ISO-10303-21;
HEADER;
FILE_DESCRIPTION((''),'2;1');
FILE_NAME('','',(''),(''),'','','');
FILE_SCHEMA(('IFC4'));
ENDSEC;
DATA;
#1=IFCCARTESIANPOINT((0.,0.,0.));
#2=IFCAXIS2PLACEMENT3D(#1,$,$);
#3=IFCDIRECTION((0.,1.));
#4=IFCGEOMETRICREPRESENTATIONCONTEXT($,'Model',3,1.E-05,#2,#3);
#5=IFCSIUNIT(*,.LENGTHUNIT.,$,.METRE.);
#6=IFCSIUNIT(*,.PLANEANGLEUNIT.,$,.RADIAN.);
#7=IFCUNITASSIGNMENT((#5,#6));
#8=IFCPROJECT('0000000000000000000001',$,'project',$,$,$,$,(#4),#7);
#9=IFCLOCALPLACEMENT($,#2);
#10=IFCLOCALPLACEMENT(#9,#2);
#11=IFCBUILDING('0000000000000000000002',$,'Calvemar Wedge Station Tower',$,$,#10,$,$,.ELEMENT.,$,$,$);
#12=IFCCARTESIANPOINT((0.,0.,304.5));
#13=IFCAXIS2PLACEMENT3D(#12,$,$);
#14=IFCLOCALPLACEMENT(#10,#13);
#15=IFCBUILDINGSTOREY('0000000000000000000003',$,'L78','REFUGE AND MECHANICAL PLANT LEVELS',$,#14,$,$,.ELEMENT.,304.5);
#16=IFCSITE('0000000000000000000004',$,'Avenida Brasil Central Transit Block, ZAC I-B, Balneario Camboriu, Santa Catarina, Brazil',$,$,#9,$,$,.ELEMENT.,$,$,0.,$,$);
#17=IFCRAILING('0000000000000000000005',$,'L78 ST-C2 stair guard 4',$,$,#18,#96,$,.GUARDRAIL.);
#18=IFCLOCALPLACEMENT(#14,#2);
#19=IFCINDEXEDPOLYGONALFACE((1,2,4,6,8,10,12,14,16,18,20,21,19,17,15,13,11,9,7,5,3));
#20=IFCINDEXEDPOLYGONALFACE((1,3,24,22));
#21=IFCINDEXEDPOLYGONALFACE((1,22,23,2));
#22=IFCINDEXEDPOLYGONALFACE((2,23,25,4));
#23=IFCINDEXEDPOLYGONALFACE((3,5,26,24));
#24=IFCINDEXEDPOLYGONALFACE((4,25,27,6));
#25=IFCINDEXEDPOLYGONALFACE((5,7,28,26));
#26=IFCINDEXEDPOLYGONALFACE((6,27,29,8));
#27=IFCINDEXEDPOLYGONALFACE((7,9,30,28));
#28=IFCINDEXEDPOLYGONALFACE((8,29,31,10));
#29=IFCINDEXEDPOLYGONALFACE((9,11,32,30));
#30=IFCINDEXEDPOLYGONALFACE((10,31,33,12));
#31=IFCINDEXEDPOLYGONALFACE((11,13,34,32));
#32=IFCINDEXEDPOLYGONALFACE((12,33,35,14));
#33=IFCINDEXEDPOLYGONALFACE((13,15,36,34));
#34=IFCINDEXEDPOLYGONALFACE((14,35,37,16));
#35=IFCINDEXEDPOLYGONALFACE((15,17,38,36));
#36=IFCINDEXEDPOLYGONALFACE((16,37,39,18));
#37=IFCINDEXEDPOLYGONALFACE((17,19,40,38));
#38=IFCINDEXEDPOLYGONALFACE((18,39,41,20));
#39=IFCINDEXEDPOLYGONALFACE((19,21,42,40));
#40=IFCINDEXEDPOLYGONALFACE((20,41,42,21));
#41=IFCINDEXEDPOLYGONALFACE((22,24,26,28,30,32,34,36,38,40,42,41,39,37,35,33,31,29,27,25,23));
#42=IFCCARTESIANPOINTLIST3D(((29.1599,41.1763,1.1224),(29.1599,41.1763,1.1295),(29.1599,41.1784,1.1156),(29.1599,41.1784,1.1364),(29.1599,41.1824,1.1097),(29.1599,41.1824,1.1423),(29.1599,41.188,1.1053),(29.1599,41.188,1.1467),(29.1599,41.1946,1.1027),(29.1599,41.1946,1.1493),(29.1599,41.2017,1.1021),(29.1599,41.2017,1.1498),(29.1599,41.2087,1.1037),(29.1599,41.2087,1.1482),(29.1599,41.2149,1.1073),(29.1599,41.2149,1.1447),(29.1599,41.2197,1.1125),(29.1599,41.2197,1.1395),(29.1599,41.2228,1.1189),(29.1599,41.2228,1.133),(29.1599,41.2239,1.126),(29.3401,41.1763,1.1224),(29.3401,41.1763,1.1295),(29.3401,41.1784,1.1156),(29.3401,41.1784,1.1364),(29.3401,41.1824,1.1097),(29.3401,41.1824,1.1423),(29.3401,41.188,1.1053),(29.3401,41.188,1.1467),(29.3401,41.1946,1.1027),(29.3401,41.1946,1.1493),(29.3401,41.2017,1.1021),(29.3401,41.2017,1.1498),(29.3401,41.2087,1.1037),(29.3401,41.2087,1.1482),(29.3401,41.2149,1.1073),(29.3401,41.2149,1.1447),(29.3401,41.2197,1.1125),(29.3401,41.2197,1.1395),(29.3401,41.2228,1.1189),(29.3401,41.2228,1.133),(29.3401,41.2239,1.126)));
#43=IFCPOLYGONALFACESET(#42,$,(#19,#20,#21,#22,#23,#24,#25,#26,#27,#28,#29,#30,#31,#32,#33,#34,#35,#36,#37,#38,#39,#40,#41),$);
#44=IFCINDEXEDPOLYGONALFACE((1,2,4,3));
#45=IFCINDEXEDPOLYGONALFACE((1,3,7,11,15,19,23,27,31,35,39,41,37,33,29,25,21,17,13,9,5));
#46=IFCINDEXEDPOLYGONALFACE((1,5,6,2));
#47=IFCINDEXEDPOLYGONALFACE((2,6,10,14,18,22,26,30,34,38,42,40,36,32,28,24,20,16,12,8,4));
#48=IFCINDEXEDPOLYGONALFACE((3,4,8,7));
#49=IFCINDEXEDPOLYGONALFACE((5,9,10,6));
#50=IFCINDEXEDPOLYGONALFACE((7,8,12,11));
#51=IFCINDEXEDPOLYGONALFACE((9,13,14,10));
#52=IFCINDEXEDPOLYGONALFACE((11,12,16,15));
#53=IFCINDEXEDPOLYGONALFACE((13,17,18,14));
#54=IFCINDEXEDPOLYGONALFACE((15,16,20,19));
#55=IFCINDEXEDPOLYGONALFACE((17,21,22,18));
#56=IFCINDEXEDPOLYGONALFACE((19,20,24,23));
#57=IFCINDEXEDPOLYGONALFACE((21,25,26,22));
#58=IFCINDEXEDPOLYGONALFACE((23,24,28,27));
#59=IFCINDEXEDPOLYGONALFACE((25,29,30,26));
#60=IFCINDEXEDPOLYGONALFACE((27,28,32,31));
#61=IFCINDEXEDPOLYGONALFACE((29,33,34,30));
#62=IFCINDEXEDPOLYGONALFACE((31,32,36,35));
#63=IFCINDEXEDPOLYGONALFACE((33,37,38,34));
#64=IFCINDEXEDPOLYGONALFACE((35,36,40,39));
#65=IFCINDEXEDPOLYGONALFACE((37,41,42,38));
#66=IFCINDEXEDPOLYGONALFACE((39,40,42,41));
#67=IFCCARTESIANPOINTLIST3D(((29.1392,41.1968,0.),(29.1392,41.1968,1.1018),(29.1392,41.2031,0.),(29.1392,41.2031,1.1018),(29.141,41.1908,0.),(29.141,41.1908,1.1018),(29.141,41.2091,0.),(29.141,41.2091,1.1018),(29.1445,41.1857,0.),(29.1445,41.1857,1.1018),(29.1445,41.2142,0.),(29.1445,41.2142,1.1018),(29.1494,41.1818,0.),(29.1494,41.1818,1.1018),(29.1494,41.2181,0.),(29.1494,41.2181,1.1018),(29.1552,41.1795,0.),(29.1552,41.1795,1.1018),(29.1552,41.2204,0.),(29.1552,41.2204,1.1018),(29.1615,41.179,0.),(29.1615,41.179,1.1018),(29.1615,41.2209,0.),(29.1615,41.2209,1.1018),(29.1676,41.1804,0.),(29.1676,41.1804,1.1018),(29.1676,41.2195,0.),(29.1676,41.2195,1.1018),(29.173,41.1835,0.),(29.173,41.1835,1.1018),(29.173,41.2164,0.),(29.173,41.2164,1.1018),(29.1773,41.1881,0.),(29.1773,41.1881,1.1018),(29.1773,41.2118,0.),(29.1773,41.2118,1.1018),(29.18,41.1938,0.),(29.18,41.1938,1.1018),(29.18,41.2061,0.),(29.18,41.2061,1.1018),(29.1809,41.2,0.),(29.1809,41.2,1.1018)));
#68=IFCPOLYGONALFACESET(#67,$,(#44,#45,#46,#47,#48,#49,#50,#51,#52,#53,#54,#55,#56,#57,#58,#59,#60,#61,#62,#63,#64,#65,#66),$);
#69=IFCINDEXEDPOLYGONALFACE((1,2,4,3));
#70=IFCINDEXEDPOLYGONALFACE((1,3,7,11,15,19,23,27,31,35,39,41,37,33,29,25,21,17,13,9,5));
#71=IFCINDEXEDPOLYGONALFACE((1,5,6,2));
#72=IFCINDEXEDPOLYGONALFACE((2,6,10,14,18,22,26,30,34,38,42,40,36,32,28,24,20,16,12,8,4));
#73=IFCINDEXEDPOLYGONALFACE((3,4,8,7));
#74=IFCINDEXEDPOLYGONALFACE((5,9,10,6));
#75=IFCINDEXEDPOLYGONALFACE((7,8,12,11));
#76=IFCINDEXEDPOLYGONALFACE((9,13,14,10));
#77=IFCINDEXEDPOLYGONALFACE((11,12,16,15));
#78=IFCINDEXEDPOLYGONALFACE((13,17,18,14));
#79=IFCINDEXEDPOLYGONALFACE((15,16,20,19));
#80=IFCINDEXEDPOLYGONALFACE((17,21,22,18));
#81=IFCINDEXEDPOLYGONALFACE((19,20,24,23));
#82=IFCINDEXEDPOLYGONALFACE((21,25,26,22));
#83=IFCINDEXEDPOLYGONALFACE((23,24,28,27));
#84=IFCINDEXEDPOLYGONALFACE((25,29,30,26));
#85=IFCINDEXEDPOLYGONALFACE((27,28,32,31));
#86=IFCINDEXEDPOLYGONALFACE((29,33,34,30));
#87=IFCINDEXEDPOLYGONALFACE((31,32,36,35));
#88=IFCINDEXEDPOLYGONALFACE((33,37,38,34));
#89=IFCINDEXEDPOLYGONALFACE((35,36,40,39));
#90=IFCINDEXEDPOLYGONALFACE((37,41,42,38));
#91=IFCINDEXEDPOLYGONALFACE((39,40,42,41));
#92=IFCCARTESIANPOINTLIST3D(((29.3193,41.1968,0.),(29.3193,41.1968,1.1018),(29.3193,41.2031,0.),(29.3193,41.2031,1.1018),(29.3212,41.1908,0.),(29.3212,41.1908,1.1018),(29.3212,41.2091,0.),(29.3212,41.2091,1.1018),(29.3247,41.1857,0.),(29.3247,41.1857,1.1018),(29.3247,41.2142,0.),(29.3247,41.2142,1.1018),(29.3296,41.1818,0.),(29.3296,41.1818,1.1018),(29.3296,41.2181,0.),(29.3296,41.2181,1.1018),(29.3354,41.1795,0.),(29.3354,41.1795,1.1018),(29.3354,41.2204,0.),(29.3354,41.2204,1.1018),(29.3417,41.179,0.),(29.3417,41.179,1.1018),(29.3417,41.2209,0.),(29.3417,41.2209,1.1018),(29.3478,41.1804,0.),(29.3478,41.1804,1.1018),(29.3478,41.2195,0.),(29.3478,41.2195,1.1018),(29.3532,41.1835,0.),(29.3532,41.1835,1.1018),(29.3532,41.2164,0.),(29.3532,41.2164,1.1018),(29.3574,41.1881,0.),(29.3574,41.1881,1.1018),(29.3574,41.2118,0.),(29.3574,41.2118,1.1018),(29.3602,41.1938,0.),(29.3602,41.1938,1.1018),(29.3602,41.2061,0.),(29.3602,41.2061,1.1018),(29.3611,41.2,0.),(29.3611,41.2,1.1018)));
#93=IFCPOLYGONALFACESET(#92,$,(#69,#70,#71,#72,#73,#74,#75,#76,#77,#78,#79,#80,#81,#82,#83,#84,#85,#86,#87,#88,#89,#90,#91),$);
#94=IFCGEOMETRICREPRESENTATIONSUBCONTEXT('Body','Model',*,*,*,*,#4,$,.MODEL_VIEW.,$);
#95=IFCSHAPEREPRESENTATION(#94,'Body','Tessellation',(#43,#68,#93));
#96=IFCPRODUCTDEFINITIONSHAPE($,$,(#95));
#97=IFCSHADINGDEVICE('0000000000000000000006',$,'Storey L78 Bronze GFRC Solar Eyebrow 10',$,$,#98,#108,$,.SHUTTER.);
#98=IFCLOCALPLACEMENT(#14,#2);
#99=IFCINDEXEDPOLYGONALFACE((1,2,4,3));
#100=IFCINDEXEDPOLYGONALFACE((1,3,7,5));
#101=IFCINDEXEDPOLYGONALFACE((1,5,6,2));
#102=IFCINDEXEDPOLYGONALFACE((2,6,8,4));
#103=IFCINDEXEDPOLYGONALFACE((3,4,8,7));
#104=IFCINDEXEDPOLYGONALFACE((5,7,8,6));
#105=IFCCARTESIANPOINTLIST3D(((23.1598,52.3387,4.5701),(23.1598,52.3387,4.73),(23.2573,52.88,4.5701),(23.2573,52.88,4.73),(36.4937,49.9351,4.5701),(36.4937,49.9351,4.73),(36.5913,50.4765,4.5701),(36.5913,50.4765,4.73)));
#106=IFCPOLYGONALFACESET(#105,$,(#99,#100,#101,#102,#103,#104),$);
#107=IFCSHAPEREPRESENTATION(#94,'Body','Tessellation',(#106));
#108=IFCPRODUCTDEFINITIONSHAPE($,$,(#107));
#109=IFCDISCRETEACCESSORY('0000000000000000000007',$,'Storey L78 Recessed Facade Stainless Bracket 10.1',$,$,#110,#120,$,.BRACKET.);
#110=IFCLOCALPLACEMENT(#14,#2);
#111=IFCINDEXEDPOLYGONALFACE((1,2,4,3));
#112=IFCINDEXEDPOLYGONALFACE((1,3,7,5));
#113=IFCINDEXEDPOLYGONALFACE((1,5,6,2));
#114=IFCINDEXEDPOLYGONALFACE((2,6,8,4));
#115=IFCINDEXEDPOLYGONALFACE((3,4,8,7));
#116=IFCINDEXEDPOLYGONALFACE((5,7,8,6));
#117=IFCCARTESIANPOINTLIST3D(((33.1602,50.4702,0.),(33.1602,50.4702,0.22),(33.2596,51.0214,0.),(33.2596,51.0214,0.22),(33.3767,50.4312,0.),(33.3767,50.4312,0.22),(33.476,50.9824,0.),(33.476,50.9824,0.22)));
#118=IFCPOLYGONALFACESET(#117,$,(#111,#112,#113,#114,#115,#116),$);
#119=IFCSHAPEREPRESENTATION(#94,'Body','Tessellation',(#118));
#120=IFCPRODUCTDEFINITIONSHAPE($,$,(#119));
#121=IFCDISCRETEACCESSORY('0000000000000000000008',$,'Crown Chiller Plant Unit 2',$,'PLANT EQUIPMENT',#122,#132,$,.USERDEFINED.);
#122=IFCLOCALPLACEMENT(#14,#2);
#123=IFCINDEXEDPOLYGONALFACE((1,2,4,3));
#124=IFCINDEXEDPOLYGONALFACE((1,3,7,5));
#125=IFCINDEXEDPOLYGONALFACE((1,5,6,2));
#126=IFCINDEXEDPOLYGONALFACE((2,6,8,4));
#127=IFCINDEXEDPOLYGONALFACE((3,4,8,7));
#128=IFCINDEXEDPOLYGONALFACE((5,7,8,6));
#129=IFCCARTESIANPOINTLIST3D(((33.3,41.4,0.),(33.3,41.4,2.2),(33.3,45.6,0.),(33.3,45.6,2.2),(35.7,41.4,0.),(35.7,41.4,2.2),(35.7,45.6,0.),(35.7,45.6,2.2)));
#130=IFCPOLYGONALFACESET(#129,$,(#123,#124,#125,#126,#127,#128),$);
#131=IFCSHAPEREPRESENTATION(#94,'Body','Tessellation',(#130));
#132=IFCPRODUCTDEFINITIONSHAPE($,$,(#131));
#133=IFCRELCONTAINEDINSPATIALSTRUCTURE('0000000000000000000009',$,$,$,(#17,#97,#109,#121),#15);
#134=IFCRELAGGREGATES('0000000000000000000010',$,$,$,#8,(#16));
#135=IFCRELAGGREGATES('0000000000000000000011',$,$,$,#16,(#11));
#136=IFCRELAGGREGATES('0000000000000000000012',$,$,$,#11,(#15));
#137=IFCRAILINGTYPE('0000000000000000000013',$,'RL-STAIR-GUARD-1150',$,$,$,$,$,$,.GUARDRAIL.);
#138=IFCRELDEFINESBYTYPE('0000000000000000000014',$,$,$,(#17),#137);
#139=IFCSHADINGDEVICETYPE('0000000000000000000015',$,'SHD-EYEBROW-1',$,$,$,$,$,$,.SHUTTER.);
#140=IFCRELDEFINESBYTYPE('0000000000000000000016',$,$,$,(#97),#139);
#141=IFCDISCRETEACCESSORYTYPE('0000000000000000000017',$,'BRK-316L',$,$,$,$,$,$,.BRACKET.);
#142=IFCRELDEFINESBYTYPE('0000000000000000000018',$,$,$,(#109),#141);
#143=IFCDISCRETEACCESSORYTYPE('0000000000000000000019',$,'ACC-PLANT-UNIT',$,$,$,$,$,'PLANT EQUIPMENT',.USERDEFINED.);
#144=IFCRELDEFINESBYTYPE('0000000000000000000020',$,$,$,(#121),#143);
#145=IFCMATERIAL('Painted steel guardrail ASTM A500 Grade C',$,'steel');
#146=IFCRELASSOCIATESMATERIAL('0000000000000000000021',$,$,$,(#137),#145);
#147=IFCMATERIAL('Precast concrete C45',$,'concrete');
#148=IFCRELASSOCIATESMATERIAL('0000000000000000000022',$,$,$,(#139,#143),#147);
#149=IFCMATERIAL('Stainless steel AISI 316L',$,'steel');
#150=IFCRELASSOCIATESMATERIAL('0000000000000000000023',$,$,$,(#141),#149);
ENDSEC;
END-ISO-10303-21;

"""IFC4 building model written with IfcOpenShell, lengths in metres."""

from ifc_helpers import new_model, si_unit, direction, frame, frame_2d, origin, origin_2d, place, context, subcontext, project, spatial, rectangle, circle, extrude, source, transform, mapped, material, type_object, element, save


model = new_model("IFC4")

# Units and contexts
model_context = context("Model", 3, precision=1e-05, world=origin(), true_north=direction((0.0, 1.0)))
body_context = subcontext(model_context, "Body", "Model", "MODEL_VIEW")
ifc_project = project(units=[si_unit("LENGTHUNIT", "METRE"), si_unit("PLANEANGLEUNIT", "RADIAN")], contexts=[model_context])

# Site, building, storey
site_placement = place(None, origin())
site = spatial("IfcSite", under=ifc_project, at=site_placement, Name="Avenida Brasil Central Transit Block, ZAC I-B, Balneario Camboriu, Santa Catarina, Brazil", CompositionType="ELEMENT", RefElevation=0.0)
building_placement = place(site_placement, origin())
building = spatial("IfcBuilding", under=site, at=building_placement, Name="Calvemar Wedge Station Tower", CompositionType="ELEMENT")
storey_placement = place(building_placement, frame((0.0, 0.0, 304.5)))
storey = spatial("IfcBuildingStorey", under=building, at=storey_placement, Name="L78", Description="REFUGE AND MECHANICAL PLANT LEVELS", CompositionType="ELEMENT", Elevation=304.5)

# Shared definitions
ifc_material_1 = material(Name="Precast concrete C45", Category="concrete")

# Railing
ifc_material_2 = material(Name="Stainless steel AISI 316L", Category="steel")
ifc_material_3 = material(Name="Painted steel guardrail ASTM A500 Grade C", Category="steel")
railing_type_1 = type_object("IfcRailingType", Name="RL-STAIR-GUARD-1150", PredefinedType="GUARDRAIL", material=ifc_material_3)
railing_1_placement = place(storey_placement, frame((29.1599, 41.2, 0.0)))
element("IfcRailing", 1, at=railing_1_placement, inside=storey, type_object=railing_type_1, Name="L78 ST-C2 stair guard 4", PredefinedType="GUARDRAIL", context=body_context, shape_type="SweptSolid", body=[
    extrude(circle(Radius=0.0239, at=origin_2d()), frame((0.0, 0.0, 1.126), z_axis=(1.0, 0.0, 0.0), x_axis=(0.0, 1.0, 0.0)), (0.0, 0.0, 1.0), 0.1802),
    extrude(circle(Radius=0.021, at=origin_2d()), origin(), (0.0, 0.0, 1.0), 1.1018),
    extrude(circle(Radius=0.021, at=origin_2d()), frame((0.1802, 0.0, 0.0)), (0.0, 0.0, 1.0), 1.1018),
])

# Shading device
shading_device_type = type_object("IfcShadingDeviceType", Name="SHD-EYEBROW-1", PredefinedType="SHUTTER", material=ifc_material_1)
shading_device_placement = place(storey_placement, frame((36.5425, 50.2058, 4.5701), z_axis=(0.0, 0.0, 1.0), x_axis=(-0.984139, 0.177399, 0.0)))
element("IfcShadingDevice", 2, at=shading_device_placement, inside=storey, type_object=shading_device_type, Name="Storey L78 Bronze GFRC Solar Eyebrow 10", PredefinedType="SHUTTER", context=body_context, shape_type="SweptSolid", body=[
    extrude(rectangle(XDim=13.5488, YDim=0.55, at=frame_2d((6.7744, 0.0))), origin(), (0.0, 0.0, 1.0), 0.1599),
])

# Discrete accessories
discrete_accessory_type_1 = type_object("IfcDiscreteAccessoryType", Name="BRK-316L", PredefinedType="BRACKET", material=ifc_material_2)
shared_shape_1 = source(origin(), body_context, "Body", "SweptSolid", [
    extrude(rectangle(XDim=0.22, YDim=0.5601, at=origin_2d()), origin(), (0.0, 0.0, 1.0), 0.22),
])
discrete_accessory_1_placement = place(storey_placement, frame((33.3181, 50.7263, 0.0), z_axis=(0.0, 0.0, 1.0), x_axis=(-0.984134, 0.177428, 0.0)))
element("IfcDiscreteAccessory", 3, at=discrete_accessory_1_placement, inside=storey, type_object=discrete_accessory_type_1, Name="Storey L78 Recessed Facade Stainless Bracket 10.1", PredefinedType="BRACKET", context=body_context, shape_type="MappedRepresentation", body=[
    mapped(shared_shape_1, transform((0.0, 0.0, 0.0), scale=1.0)),
])
discrete_accessory_type_2 = type_object("IfcDiscreteAccessoryType", Name="ACC-PLANT-UNIT", ElementType="PLANT EQUIPMENT", PredefinedType="USERDEFINED", material=ifc_material_1)
shared_shape_2 = source(origin(), body_context, "Body", "SweptSolid", [
    extrude(rectangle(XDim=2.3999, YDim=4.2, at=origin_2d()), origin(), (0.0, 0.0, 1.0), 2.2),
])
discrete_accessory_2_placement = place(storey_placement, frame((34.5, 43.5, 0.0), z_axis=(0.0, 0.0, 1.0), x_axis=(1.0, 0.0, 0.0)))
element("IfcDiscreteAccessory", 4, at=discrete_accessory_2_placement, inside=storey, type_object=discrete_accessory_type_2, Name="Crown Chiller Plant Unit 2", ObjectType="PLANT EQUIPMENT", PredefinedType="USERDEFINED", context=body_context, shape_type="MappedRepresentation", body=[
    mapped(shared_shape_2, transform((0.0, 0.0, 0.0), scale=1.0)),
])

save(model, "model.ifc")
